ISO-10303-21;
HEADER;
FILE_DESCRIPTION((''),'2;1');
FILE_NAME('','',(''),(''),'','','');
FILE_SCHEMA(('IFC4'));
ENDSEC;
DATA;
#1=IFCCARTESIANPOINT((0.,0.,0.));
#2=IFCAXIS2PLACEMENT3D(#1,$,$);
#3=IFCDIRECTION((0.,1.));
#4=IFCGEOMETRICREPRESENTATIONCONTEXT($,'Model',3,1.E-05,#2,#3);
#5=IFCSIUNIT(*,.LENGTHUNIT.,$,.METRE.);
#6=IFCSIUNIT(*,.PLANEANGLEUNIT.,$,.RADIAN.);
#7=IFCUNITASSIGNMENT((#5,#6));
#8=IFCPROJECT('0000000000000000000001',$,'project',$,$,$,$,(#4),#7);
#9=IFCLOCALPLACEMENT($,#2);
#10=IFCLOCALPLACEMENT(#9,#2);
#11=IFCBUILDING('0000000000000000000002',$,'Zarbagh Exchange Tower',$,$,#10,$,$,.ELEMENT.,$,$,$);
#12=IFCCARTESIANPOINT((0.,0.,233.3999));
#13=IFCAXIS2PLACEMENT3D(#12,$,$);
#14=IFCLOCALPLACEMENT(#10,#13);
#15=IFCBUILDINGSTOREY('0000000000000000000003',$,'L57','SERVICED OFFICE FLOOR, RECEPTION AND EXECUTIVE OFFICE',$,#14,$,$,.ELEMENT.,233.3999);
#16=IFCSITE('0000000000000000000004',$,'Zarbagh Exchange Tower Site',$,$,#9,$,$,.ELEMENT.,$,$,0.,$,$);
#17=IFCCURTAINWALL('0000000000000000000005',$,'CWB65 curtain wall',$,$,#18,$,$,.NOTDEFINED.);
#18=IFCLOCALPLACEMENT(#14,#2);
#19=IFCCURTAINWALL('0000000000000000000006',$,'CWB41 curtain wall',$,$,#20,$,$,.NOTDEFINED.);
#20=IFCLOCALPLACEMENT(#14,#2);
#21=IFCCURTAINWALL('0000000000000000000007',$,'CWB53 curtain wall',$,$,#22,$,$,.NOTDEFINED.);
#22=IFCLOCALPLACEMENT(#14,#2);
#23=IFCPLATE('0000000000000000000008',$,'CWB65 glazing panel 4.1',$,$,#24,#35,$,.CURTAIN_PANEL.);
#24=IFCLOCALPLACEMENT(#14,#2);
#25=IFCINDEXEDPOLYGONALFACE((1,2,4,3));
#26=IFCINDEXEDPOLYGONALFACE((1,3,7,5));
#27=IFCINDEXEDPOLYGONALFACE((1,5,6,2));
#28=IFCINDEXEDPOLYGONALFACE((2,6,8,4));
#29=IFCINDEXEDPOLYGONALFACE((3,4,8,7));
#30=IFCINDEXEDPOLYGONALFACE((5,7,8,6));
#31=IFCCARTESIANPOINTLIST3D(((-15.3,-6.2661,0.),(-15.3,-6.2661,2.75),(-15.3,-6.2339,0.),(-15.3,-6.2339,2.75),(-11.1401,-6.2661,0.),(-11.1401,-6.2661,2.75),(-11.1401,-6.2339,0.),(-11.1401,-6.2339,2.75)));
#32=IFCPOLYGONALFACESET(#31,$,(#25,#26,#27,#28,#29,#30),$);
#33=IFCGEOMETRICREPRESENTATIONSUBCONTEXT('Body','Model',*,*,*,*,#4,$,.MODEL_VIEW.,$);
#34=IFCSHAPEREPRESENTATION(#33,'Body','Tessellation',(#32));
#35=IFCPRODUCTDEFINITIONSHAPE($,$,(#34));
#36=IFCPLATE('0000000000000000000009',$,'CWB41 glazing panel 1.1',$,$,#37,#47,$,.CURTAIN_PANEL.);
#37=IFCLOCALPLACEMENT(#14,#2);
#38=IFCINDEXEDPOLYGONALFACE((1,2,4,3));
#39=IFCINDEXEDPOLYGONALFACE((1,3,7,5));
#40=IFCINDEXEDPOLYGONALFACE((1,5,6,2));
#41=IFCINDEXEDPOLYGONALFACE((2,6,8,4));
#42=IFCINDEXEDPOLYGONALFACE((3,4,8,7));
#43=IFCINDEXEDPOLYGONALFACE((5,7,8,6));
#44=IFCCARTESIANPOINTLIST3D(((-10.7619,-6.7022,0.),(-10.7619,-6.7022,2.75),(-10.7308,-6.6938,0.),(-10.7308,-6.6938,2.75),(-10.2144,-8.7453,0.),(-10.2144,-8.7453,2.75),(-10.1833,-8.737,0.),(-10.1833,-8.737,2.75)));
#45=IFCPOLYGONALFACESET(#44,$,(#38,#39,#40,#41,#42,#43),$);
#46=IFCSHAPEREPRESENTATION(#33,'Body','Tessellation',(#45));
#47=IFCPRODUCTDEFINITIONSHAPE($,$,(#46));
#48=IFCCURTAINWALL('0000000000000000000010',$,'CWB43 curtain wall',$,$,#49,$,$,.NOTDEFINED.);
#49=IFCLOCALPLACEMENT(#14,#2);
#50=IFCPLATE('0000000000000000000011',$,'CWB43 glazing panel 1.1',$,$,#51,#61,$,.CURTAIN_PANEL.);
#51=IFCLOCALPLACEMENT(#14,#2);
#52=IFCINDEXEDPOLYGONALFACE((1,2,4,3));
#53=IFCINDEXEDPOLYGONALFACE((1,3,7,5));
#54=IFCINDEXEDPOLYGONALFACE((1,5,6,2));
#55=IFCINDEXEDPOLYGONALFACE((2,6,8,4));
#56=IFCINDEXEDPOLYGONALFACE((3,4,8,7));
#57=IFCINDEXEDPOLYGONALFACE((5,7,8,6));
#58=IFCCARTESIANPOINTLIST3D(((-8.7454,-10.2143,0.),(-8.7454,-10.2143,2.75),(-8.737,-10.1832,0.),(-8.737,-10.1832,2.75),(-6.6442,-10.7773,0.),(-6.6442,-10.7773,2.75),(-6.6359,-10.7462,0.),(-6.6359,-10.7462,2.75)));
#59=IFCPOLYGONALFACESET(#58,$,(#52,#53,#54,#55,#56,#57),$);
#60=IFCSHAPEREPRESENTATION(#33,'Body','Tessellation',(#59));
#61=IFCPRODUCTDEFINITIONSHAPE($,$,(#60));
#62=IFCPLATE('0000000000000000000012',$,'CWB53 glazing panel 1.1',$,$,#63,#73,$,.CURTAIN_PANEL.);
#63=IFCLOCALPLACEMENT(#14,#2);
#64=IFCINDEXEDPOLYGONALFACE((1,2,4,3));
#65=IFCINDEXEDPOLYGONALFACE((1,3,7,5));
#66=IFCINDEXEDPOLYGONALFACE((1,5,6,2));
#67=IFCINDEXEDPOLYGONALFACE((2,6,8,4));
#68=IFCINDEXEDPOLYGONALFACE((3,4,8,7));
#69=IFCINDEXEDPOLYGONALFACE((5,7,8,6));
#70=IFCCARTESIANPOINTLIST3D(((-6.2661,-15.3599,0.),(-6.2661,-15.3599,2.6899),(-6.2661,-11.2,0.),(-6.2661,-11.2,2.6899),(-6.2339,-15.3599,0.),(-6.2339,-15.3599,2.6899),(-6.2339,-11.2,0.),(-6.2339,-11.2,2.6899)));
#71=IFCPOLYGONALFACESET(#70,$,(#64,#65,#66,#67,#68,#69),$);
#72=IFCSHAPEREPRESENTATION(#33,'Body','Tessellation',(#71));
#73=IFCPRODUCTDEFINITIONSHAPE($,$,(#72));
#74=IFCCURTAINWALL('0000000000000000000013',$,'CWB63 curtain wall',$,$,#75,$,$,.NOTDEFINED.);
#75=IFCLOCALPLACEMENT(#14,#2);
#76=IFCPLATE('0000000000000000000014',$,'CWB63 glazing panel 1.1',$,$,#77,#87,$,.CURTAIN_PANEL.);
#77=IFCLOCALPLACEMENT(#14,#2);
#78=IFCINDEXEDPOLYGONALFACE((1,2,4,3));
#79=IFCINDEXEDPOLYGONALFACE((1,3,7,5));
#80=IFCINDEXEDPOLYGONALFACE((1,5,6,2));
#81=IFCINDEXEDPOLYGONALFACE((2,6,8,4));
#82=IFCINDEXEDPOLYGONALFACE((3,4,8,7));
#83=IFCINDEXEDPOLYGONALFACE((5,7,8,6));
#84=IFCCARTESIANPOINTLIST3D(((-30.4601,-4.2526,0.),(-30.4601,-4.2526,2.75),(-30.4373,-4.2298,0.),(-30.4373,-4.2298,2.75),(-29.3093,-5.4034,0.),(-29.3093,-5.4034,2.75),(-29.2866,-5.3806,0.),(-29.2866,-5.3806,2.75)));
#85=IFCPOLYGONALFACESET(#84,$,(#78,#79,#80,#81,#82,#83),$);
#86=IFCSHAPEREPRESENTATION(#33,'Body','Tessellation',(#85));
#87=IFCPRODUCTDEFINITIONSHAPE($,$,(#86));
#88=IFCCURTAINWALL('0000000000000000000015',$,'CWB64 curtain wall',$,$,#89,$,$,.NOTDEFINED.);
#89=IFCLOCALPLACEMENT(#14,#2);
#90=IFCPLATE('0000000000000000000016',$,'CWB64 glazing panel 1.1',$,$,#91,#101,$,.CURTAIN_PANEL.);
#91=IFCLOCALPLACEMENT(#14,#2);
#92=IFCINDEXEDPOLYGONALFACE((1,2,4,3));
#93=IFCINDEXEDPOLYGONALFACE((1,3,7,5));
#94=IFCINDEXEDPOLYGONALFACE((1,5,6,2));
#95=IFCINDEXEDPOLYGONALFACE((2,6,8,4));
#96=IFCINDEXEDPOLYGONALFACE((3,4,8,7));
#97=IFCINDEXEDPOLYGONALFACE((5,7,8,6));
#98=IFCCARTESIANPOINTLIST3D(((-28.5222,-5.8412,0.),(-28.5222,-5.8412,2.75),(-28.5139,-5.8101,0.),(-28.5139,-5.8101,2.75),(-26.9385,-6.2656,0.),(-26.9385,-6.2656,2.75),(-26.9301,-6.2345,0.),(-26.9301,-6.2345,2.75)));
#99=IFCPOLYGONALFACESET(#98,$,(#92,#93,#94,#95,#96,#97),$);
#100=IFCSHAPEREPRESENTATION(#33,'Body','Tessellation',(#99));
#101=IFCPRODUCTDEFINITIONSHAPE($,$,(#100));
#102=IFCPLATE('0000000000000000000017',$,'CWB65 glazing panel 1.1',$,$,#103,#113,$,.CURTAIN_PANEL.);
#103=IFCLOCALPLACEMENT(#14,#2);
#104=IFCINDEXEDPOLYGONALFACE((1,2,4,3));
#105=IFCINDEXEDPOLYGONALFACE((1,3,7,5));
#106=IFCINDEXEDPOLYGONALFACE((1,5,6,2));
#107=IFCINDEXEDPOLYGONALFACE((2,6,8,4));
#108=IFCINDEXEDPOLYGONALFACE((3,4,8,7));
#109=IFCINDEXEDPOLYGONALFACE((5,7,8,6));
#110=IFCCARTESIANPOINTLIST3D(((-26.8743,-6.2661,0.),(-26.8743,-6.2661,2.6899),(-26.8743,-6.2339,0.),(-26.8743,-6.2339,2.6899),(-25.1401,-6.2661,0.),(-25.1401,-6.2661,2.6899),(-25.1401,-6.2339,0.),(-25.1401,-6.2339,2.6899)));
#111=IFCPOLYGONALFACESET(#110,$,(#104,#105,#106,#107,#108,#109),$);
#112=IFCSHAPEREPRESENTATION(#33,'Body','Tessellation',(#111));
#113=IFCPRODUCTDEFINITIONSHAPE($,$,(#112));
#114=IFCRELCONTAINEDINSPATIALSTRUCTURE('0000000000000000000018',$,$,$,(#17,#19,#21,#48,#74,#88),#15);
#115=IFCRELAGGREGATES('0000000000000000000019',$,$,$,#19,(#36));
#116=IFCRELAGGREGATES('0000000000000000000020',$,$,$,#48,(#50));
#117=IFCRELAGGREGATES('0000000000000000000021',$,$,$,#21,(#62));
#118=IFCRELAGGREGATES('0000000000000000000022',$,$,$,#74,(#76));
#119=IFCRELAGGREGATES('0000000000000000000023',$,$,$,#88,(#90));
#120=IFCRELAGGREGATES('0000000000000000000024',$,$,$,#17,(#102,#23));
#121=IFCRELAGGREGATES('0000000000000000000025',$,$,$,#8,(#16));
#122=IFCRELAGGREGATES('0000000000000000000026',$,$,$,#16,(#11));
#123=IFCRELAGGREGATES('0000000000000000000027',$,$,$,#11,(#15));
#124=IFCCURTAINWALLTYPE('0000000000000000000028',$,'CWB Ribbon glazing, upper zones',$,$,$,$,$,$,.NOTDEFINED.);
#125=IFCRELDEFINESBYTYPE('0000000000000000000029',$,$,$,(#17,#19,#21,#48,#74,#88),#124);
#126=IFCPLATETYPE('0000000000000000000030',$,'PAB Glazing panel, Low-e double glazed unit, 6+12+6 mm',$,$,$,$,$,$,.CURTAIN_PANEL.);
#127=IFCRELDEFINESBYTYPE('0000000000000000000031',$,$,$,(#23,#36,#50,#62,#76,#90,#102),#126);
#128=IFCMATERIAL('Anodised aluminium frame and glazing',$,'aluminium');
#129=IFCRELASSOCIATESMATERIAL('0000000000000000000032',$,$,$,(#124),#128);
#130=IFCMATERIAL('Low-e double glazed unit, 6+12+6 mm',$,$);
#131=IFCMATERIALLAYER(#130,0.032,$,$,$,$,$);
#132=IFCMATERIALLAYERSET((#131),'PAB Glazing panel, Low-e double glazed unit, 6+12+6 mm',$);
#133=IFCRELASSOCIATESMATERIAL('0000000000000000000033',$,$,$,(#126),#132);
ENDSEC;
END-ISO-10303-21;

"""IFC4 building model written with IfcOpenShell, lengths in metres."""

from ifc_helpers import new_model, si_unit, direction, frame, origin, place, context, subcontext, project, spatial, polyline, outline, extrude, source, transform, mapped, material, layer, layer_set, type_object, element, aggregate, save


model = new_model("IFC4")

# Units and contexts
model_context = context("Model", 3, precision=1e-05, world=origin(), true_north=direction((0.0, 1.0)))
body_context = subcontext(model_context, "Body", "Model", "MODEL_VIEW")
ifc_project = project(units=[si_unit("LENGTHUNIT", "METRE"), si_unit("PLANEANGLEUNIT", "RADIAN")], contexts=[model_context])

# Site, building, storey
site_placement = place(None, origin())
site = spatial("IfcSite", under=ifc_project, at=site_placement, Name="Zarbagh Exchange Tower Site", CompositionType="ELEMENT", RefElevation=0.0)
building_placement = place(site_placement, origin())
building = spatial("IfcBuilding", under=site, at=building_placement, Name="Zarbagh Exchange Tower", CompositionType="ELEMENT")
storey_placement = place(building_placement, frame((0.0, 0.0, 233.3999)))
storey = spatial("IfcBuildingStorey", under=building, at=storey_placement, Name="L57", Description="SERVICED OFFICE FLOOR, RECEPTION AND EXECUTIVE OFFICE", CompositionType="ELEMENT", Elevation=233.3999)

# Shared definitions
ifc_material_1 = material(Name="Anodised aluminium frame and glazing", Category="aluminium")
curtain_wall_type = type_object("IfcCurtainWallType", Name="CWB Ribbon glazing, upper zones", PredefinedType="NOTDEFINED", material=ifc_material_1)
placement = place(storey_placement, origin())

# Curtain wall
curtain_wall_1_placement = place(storey_placement, origin())
curtain_wall_1 = element("IfcCurtainWall", 1, at=curtain_wall_1_placement, inside=storey, type_object=curtain_wall_type, Name="CWB65 curtain wall", PredefinedType="NOTDEFINED")

# Curtain wall
curtain_wall_2_placement = place(storey_placement, origin())
curtain_wall_2 = element("IfcCurtainWall", 2, at=curtain_wall_2_placement, inside=storey, type_object=curtain_wall_type, Name="CWB41 curtain wall", PredefinedType="NOTDEFINED")

# Curtain wall
curtain_wall_3_placement = place(storey_placement, origin())
curtain_wall_3 = element("IfcCurtainWall", 3, at=curtain_wall_3_placement, inside=storey, type_object=curtain_wall_type, Name="CWB53 curtain wall", PredefinedType="NOTDEFINED")

# Shared definitions
ifc_material_2 = material(Name="Low-e double glazed unit, 6+12+6 mm")
ifc_layer = layer(ifc_material_2, 0.032)
ifc_layer_set = layer_set([ifc_layer], Name="PAB Glazing panel, Low-e double glazed unit, 6+12+6 mm")
plate_type = type_object("IfcPlateType", Name="PAB Glazing panel, Low-e double glazed unit, 6+12+6 mm", PredefinedType="CURTAIN_PANEL", material=ifc_layer_set)

# Plates
shared_shape_1 = source(origin(), body_context, "Body", "SweptSolid", [
    extrude(outline(polyline([(0.0, -0.0161), (4.1599, -0.0161), (4.1599, 0.0161), (0.0, 0.0161), (0.0, -0.0161)])), origin(), (0.0, 0.0, 1.0), 2.75),
])
plate_1 = element("IfcPlate", 4, at=placement, type_object=plate_type, Name="CWB65 glazing panel 4.1", PredefinedType="CURTAIN_PANEL", context=body_context, shape_type="MappedRepresentation", body=[
    mapped(shared_shape_1, transform((-15.3, -6.25, 0.0), x_axis=(1.0, 0.0, 0.0), y_axis=(0.0, 1.0, 0.0), z_axis=(0.0, 0.0, 1.0))),
])
shared_shape_2 = source(origin(), body_context, "Body", "SweptSolid", [
    extrude(outline(polyline([(0.0, -0.0161), (2.1152, -0.0161), (2.1152, 0.0161), (0.0, 0.0161), (0.0, -0.0161)])), origin(), (0.0, 0.0, 1.0), 2.75),
])
plate_2 = element("IfcPlate", 5, at=placement, type_object=plate_type, Name="CWB41 glazing panel 1.1", PredefinedType="CURTAIN_PANEL", context=body_context, shape_type="MappedRepresentation", body=[
    mapped(shared_shape_2, transform((-10.7463, -6.698, 0.0), x_axis=(0.258825, -0.965924, 0.0), y_axis=(0.965924, 0.258825, 0.0), z_axis=(0.0, 0.0, 1.0))),
])
aggregate(curtain_wall_2, [plate_2])

# Curtain wall, plate
curtain_wall_4_placement = place(storey_placement, origin())
curtain_wall_4 = element("IfcCurtainWall", 6, at=curtain_wall_4_placement, inside=storey, type_object=curtain_wall_type, Name="CWB43 curtain wall", PredefinedType="NOTDEFINED")
shared_shape_3 = source(origin(), body_context, "Body", "SweptSolid", [
    extrude(outline(polyline([(0.0, -0.0161), (2.1753, -0.0161), (2.1753, 0.0161), (0.0, 0.0161), (0.0, -0.0161)])), origin(), (0.0, 0.0, 1.0), 2.75),
])
plate_3 = element("IfcPlate", 7, at=placement, type_object=plate_type, Name="CWB43 glazing panel 1.1", PredefinedType="CURTAIN_PANEL", context=body_context, shape_type="MappedRepresentation", body=[
    mapped(shared_shape_3, transform((-8.7412, -10.1987, 0.0), x_axis=(0.965924, -0.258825, 0.0), y_axis=(0.258825, 0.965924, 0.0), z_axis=(0.0, 0.0, 1.0))),
])
aggregate(curtain_wall_4, [plate_3])

# Plate
shared_shape_4 = source(origin(), body_context, "Body", "SweptSolid", [
    extrude(outline(polyline([(0.0, -0.0161), (4.1599, -0.0161), (4.1599, 0.0161), (0.0, 0.0161), (0.0, -0.0161)])), origin(), (0.0, 0.0, 1.0), 2.6899),
])
plate_4 = element("IfcPlate", 8, at=placement, type_object=plate_type, Name="CWB53 glazing panel 1.1", PredefinedType="CURTAIN_PANEL", context=body_context, shape_type="MappedRepresentation", body=[
    mapped(shared_shape_4, transform((-6.25, -11.2, 0.0), x_axis=(0.0, -1.0, 0.0), y_axis=(1.0, 0.0, 0.0), z_axis=(0.0, 0.0, 1.0))),
])
aggregate(curtain_wall_3, [plate_4])

# Curtain walls, plates
curtain_wall_5_placement = place(storey_placement, origin())
curtain_wall_5 = element("IfcCurtainWall", 9, at=curtain_wall_5_placement, inside=storey, type_object=curtain_wall_type, Name="CWB63 curtain wall", PredefinedType="NOTDEFINED")
shared_shape_5 = source(origin(), body_context, "Body", "SweptSolid", [
    extrude(outline(polyline([(0.0, -0.0161), (1.6274, -0.0161), (1.6274, 0.0161), (0.0, 0.0161), (0.0, -0.0161)])), origin(), (0.0, 0.0, 1.0), 2.75),
])
plate_5 = element("IfcPlate", 10, at=placement, type_object=plate_type, Name="CWB63 glazing panel 1.1", PredefinedType="CURTAIN_PANEL", context=body_context, shape_type="MappedRepresentation", body=[
    mapped(shared_shape_5, transform((-30.4487, -4.2412, 0.0), x_axis=(0.707107, -0.707107, 0.0), y_axis=(0.707107, 0.707107, 0.0), z_axis=(0.0, 0.0, 1.0))),
])
aggregate(curtain_wall_5, [plate_5])
curtain_wall_6_placement = place(storey_placement, origin())
curtain_wall_6 = element("IfcCurtainWall", 11, at=curtain_wall_6_placement, inside=storey, type_object=curtain_wall_type, Name="CWB64 curtain wall", PredefinedType="NOTDEFINED")
shared_shape_6 = source(origin(), body_context, "Body", "SweptSolid", [
    extrude(outline(polyline([(0.0, -0.0161), (1.6396, -0.0161), (1.6396, 0.0161), (0.0, 0.0161), (0.0, -0.0161)])), origin(), (0.0, 0.0, 1.0), 2.75),
])
plate_6 = element("IfcPlate", 12, at=placement, type_object=plate_type, Name="CWB64 glazing panel 1.1", PredefinedType="CURTAIN_PANEL", context=body_context, shape_type="MappedRepresentation", body=[
    mapped(shared_shape_6, transform((-28.5181, -5.8257, 0.0), x_axis=(0.965924, -0.258825, 0.0), y_axis=(0.258825, 0.965924, 0.0), z_axis=(0.0, 0.0, 1.0))),
])
aggregate(curtain_wall_6, [plate_6])

# Plate
shared_shape_7 = source(origin(), body_context, "Body", "SweptSolid", [
    extrude(outline(polyline([(0.0, -0.0161), (1.7341, -0.0161), (1.7341, 0.0161), (0.0, 0.0161), (0.0, -0.0161)])), origin(), (0.0, 0.0, 1.0), 2.6899),
])
plate_7 = element("IfcPlate", 13, at=placement, type_object=plate_type, Name="CWB65 glazing panel 1.1", PredefinedType="CURTAIN_PANEL", context=body_context, shape_type="MappedRepresentation", body=[
    mapped(shared_shape_7, transform((-26.8743, -6.25, 0.0), x_axis=(1.0, 0.0, 0.0), y_axis=(0.0, 1.0, 0.0), z_axis=(0.0, 0.0, 1.0))),
])
aggregate(curtain_wall_1, [plate_7, plate_1])

save(model, "model.ifc")
